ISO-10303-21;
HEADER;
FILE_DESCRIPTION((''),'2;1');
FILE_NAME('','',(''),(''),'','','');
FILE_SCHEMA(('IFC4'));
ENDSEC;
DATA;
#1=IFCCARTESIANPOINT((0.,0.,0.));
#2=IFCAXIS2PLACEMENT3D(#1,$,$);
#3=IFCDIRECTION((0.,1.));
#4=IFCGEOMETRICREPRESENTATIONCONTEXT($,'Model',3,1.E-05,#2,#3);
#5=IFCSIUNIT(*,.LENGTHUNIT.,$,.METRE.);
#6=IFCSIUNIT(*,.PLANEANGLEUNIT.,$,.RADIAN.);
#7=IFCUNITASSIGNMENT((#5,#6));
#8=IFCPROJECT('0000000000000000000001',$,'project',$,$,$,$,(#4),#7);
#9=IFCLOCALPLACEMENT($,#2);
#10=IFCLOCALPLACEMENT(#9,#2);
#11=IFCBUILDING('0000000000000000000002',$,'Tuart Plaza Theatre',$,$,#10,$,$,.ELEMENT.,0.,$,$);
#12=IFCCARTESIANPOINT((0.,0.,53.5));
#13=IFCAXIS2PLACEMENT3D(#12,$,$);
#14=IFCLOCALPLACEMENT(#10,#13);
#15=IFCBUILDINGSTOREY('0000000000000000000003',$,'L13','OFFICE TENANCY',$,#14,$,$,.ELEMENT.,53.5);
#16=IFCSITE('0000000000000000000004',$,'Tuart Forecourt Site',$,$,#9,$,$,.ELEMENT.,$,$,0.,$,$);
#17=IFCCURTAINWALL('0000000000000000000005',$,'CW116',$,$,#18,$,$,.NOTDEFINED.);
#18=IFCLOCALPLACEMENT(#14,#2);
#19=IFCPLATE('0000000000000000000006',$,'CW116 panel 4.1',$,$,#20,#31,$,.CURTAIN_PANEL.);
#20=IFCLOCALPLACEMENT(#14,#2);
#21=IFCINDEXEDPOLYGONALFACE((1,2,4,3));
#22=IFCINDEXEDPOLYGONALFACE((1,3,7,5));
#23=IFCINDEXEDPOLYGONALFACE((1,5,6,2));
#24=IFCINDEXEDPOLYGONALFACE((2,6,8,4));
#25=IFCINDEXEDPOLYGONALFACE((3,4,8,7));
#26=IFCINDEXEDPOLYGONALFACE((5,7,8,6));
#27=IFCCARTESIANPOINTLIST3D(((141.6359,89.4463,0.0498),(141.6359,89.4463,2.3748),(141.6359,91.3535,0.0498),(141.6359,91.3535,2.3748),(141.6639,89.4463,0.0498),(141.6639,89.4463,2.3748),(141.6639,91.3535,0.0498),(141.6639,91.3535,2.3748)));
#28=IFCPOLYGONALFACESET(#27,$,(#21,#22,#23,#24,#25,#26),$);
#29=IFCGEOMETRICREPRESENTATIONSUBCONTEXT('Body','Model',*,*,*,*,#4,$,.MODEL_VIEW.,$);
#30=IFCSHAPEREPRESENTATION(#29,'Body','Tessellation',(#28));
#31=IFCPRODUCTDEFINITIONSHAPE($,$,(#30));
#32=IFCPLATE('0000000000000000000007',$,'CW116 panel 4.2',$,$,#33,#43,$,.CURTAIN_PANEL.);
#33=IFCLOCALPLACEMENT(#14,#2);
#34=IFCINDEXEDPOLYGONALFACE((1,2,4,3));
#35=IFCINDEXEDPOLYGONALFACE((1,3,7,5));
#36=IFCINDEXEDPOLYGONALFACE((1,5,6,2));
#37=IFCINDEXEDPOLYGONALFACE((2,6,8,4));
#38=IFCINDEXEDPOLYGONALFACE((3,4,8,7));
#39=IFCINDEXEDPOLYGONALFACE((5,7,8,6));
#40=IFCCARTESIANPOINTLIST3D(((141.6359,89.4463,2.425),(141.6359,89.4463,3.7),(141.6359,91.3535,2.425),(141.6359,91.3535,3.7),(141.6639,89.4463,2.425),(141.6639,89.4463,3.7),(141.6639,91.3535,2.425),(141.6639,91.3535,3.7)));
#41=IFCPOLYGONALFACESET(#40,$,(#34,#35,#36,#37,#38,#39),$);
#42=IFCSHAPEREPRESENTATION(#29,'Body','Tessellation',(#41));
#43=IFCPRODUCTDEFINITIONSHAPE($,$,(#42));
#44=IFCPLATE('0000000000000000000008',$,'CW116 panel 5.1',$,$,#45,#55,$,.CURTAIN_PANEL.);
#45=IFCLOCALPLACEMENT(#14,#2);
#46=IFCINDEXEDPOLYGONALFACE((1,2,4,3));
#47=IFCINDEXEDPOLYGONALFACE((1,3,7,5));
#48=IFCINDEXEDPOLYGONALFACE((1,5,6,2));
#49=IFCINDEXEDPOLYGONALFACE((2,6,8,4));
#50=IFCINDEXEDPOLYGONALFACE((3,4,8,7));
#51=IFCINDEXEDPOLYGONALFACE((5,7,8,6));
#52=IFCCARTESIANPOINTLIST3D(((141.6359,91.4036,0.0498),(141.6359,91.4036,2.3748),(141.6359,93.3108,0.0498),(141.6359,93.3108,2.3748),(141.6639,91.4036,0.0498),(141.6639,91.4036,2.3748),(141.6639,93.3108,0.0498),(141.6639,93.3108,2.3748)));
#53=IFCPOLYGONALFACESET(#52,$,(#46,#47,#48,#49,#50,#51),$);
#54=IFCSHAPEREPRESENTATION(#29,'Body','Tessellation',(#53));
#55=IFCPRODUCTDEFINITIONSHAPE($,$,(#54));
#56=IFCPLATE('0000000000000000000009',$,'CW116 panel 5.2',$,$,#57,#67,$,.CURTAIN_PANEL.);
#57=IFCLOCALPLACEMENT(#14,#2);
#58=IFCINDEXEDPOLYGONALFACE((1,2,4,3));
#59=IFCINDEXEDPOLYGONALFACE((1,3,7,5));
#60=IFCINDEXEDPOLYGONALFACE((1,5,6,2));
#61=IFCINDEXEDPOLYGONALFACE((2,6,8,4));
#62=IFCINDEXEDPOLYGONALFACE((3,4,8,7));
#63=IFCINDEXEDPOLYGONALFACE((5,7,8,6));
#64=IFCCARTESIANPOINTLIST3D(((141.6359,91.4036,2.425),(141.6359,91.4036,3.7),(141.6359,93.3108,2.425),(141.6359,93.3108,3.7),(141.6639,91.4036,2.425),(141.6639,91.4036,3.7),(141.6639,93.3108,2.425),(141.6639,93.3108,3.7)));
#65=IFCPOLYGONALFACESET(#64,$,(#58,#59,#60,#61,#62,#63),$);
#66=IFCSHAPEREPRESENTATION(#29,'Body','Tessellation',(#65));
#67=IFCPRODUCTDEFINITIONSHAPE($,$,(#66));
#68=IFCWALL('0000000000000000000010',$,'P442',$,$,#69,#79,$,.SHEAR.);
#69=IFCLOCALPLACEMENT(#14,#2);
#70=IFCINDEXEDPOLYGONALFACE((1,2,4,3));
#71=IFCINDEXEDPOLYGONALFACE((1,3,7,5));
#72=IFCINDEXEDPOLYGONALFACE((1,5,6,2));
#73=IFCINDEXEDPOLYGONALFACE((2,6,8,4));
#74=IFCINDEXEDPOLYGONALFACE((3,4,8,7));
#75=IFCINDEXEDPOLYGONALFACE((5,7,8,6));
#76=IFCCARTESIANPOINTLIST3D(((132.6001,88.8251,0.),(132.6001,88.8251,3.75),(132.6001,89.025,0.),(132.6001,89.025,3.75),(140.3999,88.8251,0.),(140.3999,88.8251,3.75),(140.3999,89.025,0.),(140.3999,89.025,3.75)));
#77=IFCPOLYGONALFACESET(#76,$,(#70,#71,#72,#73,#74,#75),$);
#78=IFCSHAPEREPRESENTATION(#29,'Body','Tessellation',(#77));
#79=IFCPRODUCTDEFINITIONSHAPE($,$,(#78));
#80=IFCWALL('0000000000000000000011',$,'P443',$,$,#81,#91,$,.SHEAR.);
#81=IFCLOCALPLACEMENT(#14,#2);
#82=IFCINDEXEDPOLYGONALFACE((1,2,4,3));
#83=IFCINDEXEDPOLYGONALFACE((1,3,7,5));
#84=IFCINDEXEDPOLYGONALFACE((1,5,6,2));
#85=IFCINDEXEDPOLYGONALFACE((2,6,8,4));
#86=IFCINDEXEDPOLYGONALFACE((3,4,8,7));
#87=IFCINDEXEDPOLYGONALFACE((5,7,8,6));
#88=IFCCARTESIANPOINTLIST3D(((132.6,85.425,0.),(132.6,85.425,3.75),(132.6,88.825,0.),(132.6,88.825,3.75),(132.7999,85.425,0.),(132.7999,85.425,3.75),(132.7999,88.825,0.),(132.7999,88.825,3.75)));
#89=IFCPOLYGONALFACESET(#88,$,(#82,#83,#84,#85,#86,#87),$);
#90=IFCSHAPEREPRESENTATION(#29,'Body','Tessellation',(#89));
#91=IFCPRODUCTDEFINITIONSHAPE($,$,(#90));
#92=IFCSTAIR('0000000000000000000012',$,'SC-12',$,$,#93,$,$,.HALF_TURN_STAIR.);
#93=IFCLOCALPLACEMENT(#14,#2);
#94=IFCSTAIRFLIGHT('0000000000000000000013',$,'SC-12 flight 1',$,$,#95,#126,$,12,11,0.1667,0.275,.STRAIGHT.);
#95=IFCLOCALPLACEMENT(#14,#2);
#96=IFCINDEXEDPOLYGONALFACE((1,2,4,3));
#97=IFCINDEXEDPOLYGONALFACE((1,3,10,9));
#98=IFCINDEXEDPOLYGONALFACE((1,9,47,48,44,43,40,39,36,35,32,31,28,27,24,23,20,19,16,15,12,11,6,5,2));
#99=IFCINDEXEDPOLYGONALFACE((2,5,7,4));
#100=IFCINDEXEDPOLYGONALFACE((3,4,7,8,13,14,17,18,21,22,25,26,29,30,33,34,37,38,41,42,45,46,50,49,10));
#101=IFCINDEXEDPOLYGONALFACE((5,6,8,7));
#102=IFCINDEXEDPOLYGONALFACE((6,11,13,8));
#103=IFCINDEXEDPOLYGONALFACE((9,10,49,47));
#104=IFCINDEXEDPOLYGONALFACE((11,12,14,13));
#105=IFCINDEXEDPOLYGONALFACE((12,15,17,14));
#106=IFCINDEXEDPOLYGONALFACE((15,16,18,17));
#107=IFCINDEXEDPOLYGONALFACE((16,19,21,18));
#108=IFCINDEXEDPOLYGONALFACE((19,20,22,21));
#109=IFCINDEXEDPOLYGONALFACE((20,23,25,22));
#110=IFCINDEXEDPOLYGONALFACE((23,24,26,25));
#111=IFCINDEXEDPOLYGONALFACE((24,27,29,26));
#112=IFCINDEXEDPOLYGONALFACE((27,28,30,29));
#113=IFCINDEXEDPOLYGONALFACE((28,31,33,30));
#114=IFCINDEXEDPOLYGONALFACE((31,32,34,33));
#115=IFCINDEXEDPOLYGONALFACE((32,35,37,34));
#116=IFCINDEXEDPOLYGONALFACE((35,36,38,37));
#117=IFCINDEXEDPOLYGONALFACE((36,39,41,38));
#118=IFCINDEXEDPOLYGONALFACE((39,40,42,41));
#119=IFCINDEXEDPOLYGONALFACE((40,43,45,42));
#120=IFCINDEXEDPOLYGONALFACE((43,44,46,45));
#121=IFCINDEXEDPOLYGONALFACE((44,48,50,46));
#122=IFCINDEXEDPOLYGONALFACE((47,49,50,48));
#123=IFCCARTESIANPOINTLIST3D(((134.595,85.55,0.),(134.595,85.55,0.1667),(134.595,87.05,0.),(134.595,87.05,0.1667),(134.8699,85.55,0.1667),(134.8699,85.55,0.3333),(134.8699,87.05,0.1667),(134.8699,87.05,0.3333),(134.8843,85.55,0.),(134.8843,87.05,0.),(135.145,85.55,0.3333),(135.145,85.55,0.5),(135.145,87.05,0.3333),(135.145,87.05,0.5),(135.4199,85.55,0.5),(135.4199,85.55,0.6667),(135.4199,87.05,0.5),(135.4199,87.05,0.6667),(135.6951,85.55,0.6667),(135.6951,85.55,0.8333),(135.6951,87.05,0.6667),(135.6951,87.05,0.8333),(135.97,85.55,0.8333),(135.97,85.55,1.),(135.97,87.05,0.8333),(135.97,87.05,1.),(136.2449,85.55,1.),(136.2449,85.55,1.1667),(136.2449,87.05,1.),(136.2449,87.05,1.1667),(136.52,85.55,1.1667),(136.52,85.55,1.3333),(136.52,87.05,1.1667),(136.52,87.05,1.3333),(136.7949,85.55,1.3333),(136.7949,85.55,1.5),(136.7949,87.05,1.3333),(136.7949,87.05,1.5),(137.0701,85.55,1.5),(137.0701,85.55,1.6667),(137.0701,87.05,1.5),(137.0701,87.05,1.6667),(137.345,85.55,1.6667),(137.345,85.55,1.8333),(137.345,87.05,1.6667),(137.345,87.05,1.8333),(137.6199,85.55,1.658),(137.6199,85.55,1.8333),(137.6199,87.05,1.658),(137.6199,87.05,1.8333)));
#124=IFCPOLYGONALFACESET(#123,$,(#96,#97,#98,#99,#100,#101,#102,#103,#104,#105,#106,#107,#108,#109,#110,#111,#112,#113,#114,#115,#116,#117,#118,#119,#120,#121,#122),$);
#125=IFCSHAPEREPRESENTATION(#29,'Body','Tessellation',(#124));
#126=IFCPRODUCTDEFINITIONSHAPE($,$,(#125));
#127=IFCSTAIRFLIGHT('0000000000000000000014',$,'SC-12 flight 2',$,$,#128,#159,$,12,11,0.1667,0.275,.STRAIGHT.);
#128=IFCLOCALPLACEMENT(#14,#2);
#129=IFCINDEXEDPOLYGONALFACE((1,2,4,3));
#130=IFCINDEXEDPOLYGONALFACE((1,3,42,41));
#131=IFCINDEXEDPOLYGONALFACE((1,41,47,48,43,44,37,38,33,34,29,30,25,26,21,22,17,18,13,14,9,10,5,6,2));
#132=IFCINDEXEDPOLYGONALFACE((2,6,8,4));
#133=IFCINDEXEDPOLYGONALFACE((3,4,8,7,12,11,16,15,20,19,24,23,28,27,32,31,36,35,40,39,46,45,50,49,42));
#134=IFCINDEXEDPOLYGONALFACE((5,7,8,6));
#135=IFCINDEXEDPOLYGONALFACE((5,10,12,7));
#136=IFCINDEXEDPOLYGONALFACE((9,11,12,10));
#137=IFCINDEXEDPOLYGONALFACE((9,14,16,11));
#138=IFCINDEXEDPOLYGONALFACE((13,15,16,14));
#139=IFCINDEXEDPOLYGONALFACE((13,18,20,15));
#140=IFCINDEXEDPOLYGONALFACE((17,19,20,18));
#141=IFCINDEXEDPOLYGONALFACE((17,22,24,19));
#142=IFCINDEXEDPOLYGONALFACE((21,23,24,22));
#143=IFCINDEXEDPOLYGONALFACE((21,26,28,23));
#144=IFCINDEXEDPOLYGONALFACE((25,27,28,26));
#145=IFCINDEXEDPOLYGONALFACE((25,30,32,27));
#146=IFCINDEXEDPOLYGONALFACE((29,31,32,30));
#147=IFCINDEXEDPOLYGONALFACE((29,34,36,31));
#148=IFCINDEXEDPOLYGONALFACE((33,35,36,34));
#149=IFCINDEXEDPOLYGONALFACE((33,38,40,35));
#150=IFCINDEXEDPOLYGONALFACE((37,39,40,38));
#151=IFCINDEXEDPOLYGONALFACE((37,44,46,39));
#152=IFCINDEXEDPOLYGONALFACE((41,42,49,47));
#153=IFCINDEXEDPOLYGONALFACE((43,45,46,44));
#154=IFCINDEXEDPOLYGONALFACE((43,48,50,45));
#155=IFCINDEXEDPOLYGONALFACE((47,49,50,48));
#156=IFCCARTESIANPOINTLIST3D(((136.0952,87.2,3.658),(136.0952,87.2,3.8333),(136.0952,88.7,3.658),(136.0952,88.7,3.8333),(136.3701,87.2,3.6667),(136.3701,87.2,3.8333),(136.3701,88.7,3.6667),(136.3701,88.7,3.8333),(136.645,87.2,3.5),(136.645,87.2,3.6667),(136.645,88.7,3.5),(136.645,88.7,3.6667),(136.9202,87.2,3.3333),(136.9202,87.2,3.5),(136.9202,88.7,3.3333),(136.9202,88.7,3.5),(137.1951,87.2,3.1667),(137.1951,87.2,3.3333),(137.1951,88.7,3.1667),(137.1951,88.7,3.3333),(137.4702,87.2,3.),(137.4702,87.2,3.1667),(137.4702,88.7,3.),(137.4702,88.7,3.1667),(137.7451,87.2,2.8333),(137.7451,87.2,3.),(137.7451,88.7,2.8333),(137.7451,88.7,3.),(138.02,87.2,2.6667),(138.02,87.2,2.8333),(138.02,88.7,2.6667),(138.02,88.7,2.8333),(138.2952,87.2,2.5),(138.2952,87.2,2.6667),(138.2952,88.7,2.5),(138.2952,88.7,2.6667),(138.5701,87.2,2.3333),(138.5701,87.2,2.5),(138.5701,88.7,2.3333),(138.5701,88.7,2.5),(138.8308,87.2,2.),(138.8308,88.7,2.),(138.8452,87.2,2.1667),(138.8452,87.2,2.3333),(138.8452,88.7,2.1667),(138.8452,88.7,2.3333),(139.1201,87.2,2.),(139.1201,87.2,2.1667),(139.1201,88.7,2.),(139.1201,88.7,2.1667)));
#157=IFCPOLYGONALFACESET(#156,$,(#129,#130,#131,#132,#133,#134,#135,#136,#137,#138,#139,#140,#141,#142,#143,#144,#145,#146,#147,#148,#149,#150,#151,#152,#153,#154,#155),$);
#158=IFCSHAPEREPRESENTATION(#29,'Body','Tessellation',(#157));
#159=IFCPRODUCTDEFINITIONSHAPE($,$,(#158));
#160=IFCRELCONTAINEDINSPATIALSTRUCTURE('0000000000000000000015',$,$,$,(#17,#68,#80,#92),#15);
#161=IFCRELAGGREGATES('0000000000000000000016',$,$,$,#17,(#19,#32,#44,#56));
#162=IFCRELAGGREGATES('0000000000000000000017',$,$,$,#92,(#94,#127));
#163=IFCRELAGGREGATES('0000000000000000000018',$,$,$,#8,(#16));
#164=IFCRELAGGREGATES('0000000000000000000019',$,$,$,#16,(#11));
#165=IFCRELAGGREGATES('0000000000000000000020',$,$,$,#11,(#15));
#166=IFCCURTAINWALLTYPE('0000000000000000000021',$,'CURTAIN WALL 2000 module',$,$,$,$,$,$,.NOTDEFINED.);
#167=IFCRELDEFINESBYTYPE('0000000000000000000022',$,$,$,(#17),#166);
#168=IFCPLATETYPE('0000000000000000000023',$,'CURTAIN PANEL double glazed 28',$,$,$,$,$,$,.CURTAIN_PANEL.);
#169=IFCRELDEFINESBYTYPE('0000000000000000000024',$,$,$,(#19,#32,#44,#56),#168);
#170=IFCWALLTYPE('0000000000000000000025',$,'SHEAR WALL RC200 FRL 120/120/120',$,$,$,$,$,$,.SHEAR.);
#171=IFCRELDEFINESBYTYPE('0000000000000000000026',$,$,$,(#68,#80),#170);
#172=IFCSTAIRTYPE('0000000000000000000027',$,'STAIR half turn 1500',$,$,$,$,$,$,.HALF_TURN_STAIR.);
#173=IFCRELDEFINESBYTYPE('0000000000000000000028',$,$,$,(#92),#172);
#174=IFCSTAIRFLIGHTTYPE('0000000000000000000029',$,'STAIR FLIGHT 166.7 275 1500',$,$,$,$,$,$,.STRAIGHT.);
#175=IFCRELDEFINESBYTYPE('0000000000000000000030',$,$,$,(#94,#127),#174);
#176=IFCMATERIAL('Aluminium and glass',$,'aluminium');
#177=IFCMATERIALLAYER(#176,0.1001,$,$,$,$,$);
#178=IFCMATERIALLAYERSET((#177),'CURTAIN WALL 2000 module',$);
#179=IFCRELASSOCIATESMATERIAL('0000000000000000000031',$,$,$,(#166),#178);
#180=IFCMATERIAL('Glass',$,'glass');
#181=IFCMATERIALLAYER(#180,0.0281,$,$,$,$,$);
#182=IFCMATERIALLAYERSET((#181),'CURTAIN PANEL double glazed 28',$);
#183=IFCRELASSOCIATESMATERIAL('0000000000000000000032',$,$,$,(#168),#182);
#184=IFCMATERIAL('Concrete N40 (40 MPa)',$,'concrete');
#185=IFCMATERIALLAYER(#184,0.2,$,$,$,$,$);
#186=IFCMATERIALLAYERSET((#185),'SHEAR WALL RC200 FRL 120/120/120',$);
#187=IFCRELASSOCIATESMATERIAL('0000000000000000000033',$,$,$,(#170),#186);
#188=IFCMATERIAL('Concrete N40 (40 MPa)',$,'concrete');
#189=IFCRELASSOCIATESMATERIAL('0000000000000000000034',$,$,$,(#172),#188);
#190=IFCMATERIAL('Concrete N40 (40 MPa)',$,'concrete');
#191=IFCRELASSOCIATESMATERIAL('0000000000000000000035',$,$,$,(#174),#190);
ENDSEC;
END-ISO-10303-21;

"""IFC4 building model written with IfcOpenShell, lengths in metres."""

from ifc_helpers import new_model, si_unit, direction, frame, frame_2d, origin, origin_2d, place, context, subcontext, project, spatial, polyline, rectangle, outline, extrude, material, layer, layer_set, type_object, element, aggregate, save


model = new_model("IFC4")

# Units and contexts
model_context = context("Model", 3, precision=1e-05, world=origin(), true_north=direction((0.0, 1.0)))
body_context = subcontext(model_context, "Body", "Model", "MODEL_VIEW")
ifc_project = project(units=[si_unit("LENGTHUNIT", "METRE"), si_unit("PLANEANGLEUNIT", "RADIAN")], contexts=[model_context])

# Site, building, storey
site_placement = place(None, origin())
site = spatial("IfcSite", under=ifc_project, at=site_placement, Name="Tuart Forecourt Site", CompositionType="ELEMENT", RefElevation=0.0)
building_placement = place(site_placement, origin())
building = spatial("IfcBuilding", under=site, at=building_placement, Name="Tuart Plaza Theatre", CompositionType="ELEMENT", ElevationOfRefHeight=0.0)
storey_placement = place(building_placement, frame((0.0, 0.0, 53.5)))
storey = spatial("IfcBuildingStorey", under=building, at=storey_placement, Name="L13", Description="OFFICE TENANCY", CompositionType="ELEMENT", Elevation=53.5)

# Curtain wall, plates
ifc_material_1 = material(Name="Aluminium and glass", Category="aluminium")
ifc_layer_1 = layer(ifc_material_1, 0.1001)
ifc_layer_set_1 = layer_set([ifc_layer_1], Name="CURTAIN WALL 2000 module")
curtain_wall_type = type_object("IfcCurtainWallType", Name="CURTAIN WALL 2000 module", PredefinedType="NOTDEFINED", material=ifc_layer_set_1)
curtain_wall_placement = place(storey_placement, origin())
curtain_wall = element("IfcCurtainWall", 1, at=curtain_wall_placement, inside=storey, type_object=curtain_wall_type, Name="CW116", PredefinedType="NOTDEFINED")
ifc_material_2 = material(Name="Glass", Category="glass")
ifc_layer_2 = layer(ifc_material_2, 0.0281)
ifc_layer_set_2 = layer_set([ifc_layer_2], Name="CURTAIN PANEL double glazed 28")
plate_type = type_object("IfcPlateType", Name="CURTAIN PANEL double glazed 28", PredefinedType="CURTAIN_PANEL", material=ifc_layer_set_2)
plate_1_placement = place(storey_placement, frame((141.6499, 90.3999, 0.0498), z_axis=(0.0, 0.0, 1.0), x_axis=(0.0, 1.0, 0.0)))
plate_1 = element("IfcPlate", 2, at=plate_1_placement, type_object=plate_type, Name="CW116 panel 4.1", PredefinedType="CURTAIN_PANEL", context=body_context, shape_type="SweptSolid", body=[
    extrude(rectangle(XDim=1.9072, YDim=0.0281, at=origin_2d()), origin(), (0.0, 0.0, 1.0), 2.325),
])
plate_2_placement = place(storey_placement, frame((141.6499, 90.3999, 2.425), z_axis=(0.0, 0.0, 1.0), x_axis=(0.0, 1.0, 0.0)))
plate_2 = element("IfcPlate", 3, at=plate_2_placement, type_object=plate_type, Name="CW116 panel 4.2", PredefinedType="CURTAIN_PANEL", context=body_context, shape_type="SweptSolid", body=[
    extrude(rectangle(XDim=1.9072, YDim=0.0281, at=origin_2d()), origin(), (0.0, 0.0, 1.0), 1.2749),
])
plate_3_placement = place(storey_placement, frame((141.6499, 92.3572, 0.0498), z_axis=(0.0, 0.0, 1.0), x_axis=(0.0, 1.0, 0.0)))
plate_3 = element("IfcPlate", 4, at=plate_3_placement, type_object=plate_type, Name="CW116 panel 5.1", PredefinedType="CURTAIN_PANEL", context=body_context, shape_type="SweptSolid", body=[
    extrude(rectangle(XDim=1.9072, YDim=0.0281, at=origin_2d()), origin(), (0.0, 0.0, 1.0), 2.325),
])
plate_4_placement = place(storey_placement, frame((141.6499, 92.3572, 2.425), z_axis=(0.0, 0.0, 1.0), x_axis=(0.0, 1.0, 0.0)))
plate_4 = element("IfcPlate", 5, at=plate_4_placement, type_object=plate_type, Name="CW116 panel 5.2", PredefinedType="CURTAIN_PANEL", context=body_context, shape_type="SweptSolid", body=[
    extrude(rectangle(XDim=1.9072, YDim=0.0281, at=origin_2d()), origin(), (0.0, 0.0, 1.0), 1.2749),
])
aggregate(curtain_wall, [plate_1, plate_2, plate_3, plate_4])

# Walls
ifc_material_3 = material(Name="Concrete N40 (40 MPa)", Category="concrete")
ifc_layer_3 = layer(ifc_material_3, 0.2)
ifc_layer_set_3 = layer_set([ifc_layer_3], Name="SHEAR WALL RC200 FRL 120/120/120")
wall_type = type_object("IfcWallType", Name="SHEAR WALL RC200 FRL 120/120/120", PredefinedType="SHEAR", material=ifc_layer_set_3)
wall_1_placement = place(storey_placement, frame((140.3999, 88.925, 0.0), z_axis=(0.0, 0.0, 1.0), x_axis=(-1.0, 0.0, 0.0)))
element("IfcWall", 6, at=wall_1_placement, inside=storey, type_object=wall_type, Name="P442", PredefinedType="SHEAR", context=body_context, shape_type="SweptSolid", body=[
    extrude(rectangle(XDim=7.7998, YDim=0.2, at=frame_2d((3.8999, 0.0))), origin(), (0.0, 0.0, 1.0), 3.75),
])
wall_2_placement = place(storey_placement, frame((132.7, 88.825, 0.0), z_axis=(0.0, 0.0, 1.0), x_axis=(0.0, -1.0, 0.0)))
element("IfcWall", 7, at=wall_2_placement, inside=storey, type_object=wall_type, Name="P443", PredefinedType="SHEAR", context=body_context, shape_type="SweptSolid", body=[
    extrude(rectangle(XDim=3.3999, YDim=0.2, at=frame_2d((1.7, 0.0))), origin(), (0.0, 0.0, 1.0), 3.75),
])

# Stair, stair flights
ifc_material_4 = material(Name="Concrete N40 (40 MPa)", Category="concrete")
stair_type = type_object("IfcStairType", Name="STAIR half turn 1500", PredefinedType="HALF_TURN_STAIR", material=ifc_material_4)
stair_placement = place(storey_placement, origin())
stair = element("IfcStair", 8, at=stair_placement, inside=storey, type_object=stair_type, Name="SC-12", PredefinedType="HALF_TURN_STAIR")
ifc_material_5 = material(Name="Concrete N40 (40 MPa)", Category="concrete")
stair_flight_type = type_object("IfcStairFlightType", Name="STAIR FLIGHT 166.7 275 1500", PredefinedType="STRAIGHT", material=ifc_material_5)
stair_flight_1_placement = place(storey_placement, frame((134.595, 86.3, 0.0), z_axis=(0.0, 0.0, 1.0), x_axis=(1.0, 0.0, 0.0)))
stair_flight_1 = element("IfcStairFlight", 9, at=stair_flight_1_placement, type_object=stair_flight_type, Name="SC-12 flight 1", NumberOfRisers=12, NumberOfTreads=11, PredefinedType="STRAIGHT", RiserHeight=0.1667, TreadLength=0.275, context=body_context, shape_type="SweptSolid", body=[
    extrude(outline(polyline([(0.0, 0.0), (0.0, 0.1667), (0.2749, 0.1667), (0.2749, 0.3333), (0.55, 0.3333), (0.55, 0.5), (0.825, 0.5), (0.825, 0.6667), (1.1001, 0.6667), (1.1001, 0.8333), (1.375, 0.8333), (1.375, 1.0), (1.6499, 1.0), (1.6499, 1.1667), (1.925, 1.1667), (1.925, 1.3333), (2.2, 1.3333), (2.2, 1.5), (2.4751, 1.5), (2.4751, 1.6667), (2.75, 1.6667), (2.75, 1.8333), (3.0249, 1.8333), (3.0249, 2.0), (3.0249, 1.658), (0.2893, 0.0), (0.0, 0.0)])), frame((0.0, 0.75, 0.0), z_axis=(0.0, -1.0, 0.0), x_axis=(1.0, 0.0, 0.0)), (0.0, 0.0, 1.0), 1.5),
])
stair_flight_2_placement = place(storey_placement, frame((139.1201, 87.95, 2.0), z_axis=(0.0, 0.0, 1.0), x_axis=(-1.0, 0.0, 0.0)))
stair_flight_2 = element("IfcStairFlight", 10, at=stair_flight_2_placement, type_object=stair_flight_type, Name="SC-12 flight 2", NumberOfRisers=12, NumberOfTreads=11, PredefinedType="STRAIGHT", RiserHeight=0.1667, TreadLength=0.275, context=body_context, shape_type="SweptSolid", body=[
    extrude(outline(polyline([(0.0, 0.0), (0.0, 0.1667), (0.2749, 0.1667), (0.2749, 0.3333), (0.55, 0.3333), (0.55, 0.5), (0.825, 0.5), (0.825, 0.6667), (1.1001, 0.6667), (1.1001, 0.8333), (1.375, 0.8333), (1.375, 1.0), (1.6499, 1.0), (1.6499, 1.1667), (1.925, 1.1667), (1.925, 1.3333), (2.2, 1.3333), (2.2, 1.5), (2.4751, 1.5), (2.4751, 1.6667), (2.75, 1.6667), (2.75, 1.8333), (3.0249, 1.8333), (3.0249, 2.0), (3.0249, 1.658), (0.2893, 0.0), (0.0, 0.0)])), frame((0.0, 0.75, 0.0), z_axis=(0.0, -1.0, 0.0), x_axis=(1.0, 0.0, 0.0)), (0.0, 0.0, 1.0), 1.5),
])
aggregate(stair, [stair_flight_1, stair_flight_2])

save(model, "model.ifc")
